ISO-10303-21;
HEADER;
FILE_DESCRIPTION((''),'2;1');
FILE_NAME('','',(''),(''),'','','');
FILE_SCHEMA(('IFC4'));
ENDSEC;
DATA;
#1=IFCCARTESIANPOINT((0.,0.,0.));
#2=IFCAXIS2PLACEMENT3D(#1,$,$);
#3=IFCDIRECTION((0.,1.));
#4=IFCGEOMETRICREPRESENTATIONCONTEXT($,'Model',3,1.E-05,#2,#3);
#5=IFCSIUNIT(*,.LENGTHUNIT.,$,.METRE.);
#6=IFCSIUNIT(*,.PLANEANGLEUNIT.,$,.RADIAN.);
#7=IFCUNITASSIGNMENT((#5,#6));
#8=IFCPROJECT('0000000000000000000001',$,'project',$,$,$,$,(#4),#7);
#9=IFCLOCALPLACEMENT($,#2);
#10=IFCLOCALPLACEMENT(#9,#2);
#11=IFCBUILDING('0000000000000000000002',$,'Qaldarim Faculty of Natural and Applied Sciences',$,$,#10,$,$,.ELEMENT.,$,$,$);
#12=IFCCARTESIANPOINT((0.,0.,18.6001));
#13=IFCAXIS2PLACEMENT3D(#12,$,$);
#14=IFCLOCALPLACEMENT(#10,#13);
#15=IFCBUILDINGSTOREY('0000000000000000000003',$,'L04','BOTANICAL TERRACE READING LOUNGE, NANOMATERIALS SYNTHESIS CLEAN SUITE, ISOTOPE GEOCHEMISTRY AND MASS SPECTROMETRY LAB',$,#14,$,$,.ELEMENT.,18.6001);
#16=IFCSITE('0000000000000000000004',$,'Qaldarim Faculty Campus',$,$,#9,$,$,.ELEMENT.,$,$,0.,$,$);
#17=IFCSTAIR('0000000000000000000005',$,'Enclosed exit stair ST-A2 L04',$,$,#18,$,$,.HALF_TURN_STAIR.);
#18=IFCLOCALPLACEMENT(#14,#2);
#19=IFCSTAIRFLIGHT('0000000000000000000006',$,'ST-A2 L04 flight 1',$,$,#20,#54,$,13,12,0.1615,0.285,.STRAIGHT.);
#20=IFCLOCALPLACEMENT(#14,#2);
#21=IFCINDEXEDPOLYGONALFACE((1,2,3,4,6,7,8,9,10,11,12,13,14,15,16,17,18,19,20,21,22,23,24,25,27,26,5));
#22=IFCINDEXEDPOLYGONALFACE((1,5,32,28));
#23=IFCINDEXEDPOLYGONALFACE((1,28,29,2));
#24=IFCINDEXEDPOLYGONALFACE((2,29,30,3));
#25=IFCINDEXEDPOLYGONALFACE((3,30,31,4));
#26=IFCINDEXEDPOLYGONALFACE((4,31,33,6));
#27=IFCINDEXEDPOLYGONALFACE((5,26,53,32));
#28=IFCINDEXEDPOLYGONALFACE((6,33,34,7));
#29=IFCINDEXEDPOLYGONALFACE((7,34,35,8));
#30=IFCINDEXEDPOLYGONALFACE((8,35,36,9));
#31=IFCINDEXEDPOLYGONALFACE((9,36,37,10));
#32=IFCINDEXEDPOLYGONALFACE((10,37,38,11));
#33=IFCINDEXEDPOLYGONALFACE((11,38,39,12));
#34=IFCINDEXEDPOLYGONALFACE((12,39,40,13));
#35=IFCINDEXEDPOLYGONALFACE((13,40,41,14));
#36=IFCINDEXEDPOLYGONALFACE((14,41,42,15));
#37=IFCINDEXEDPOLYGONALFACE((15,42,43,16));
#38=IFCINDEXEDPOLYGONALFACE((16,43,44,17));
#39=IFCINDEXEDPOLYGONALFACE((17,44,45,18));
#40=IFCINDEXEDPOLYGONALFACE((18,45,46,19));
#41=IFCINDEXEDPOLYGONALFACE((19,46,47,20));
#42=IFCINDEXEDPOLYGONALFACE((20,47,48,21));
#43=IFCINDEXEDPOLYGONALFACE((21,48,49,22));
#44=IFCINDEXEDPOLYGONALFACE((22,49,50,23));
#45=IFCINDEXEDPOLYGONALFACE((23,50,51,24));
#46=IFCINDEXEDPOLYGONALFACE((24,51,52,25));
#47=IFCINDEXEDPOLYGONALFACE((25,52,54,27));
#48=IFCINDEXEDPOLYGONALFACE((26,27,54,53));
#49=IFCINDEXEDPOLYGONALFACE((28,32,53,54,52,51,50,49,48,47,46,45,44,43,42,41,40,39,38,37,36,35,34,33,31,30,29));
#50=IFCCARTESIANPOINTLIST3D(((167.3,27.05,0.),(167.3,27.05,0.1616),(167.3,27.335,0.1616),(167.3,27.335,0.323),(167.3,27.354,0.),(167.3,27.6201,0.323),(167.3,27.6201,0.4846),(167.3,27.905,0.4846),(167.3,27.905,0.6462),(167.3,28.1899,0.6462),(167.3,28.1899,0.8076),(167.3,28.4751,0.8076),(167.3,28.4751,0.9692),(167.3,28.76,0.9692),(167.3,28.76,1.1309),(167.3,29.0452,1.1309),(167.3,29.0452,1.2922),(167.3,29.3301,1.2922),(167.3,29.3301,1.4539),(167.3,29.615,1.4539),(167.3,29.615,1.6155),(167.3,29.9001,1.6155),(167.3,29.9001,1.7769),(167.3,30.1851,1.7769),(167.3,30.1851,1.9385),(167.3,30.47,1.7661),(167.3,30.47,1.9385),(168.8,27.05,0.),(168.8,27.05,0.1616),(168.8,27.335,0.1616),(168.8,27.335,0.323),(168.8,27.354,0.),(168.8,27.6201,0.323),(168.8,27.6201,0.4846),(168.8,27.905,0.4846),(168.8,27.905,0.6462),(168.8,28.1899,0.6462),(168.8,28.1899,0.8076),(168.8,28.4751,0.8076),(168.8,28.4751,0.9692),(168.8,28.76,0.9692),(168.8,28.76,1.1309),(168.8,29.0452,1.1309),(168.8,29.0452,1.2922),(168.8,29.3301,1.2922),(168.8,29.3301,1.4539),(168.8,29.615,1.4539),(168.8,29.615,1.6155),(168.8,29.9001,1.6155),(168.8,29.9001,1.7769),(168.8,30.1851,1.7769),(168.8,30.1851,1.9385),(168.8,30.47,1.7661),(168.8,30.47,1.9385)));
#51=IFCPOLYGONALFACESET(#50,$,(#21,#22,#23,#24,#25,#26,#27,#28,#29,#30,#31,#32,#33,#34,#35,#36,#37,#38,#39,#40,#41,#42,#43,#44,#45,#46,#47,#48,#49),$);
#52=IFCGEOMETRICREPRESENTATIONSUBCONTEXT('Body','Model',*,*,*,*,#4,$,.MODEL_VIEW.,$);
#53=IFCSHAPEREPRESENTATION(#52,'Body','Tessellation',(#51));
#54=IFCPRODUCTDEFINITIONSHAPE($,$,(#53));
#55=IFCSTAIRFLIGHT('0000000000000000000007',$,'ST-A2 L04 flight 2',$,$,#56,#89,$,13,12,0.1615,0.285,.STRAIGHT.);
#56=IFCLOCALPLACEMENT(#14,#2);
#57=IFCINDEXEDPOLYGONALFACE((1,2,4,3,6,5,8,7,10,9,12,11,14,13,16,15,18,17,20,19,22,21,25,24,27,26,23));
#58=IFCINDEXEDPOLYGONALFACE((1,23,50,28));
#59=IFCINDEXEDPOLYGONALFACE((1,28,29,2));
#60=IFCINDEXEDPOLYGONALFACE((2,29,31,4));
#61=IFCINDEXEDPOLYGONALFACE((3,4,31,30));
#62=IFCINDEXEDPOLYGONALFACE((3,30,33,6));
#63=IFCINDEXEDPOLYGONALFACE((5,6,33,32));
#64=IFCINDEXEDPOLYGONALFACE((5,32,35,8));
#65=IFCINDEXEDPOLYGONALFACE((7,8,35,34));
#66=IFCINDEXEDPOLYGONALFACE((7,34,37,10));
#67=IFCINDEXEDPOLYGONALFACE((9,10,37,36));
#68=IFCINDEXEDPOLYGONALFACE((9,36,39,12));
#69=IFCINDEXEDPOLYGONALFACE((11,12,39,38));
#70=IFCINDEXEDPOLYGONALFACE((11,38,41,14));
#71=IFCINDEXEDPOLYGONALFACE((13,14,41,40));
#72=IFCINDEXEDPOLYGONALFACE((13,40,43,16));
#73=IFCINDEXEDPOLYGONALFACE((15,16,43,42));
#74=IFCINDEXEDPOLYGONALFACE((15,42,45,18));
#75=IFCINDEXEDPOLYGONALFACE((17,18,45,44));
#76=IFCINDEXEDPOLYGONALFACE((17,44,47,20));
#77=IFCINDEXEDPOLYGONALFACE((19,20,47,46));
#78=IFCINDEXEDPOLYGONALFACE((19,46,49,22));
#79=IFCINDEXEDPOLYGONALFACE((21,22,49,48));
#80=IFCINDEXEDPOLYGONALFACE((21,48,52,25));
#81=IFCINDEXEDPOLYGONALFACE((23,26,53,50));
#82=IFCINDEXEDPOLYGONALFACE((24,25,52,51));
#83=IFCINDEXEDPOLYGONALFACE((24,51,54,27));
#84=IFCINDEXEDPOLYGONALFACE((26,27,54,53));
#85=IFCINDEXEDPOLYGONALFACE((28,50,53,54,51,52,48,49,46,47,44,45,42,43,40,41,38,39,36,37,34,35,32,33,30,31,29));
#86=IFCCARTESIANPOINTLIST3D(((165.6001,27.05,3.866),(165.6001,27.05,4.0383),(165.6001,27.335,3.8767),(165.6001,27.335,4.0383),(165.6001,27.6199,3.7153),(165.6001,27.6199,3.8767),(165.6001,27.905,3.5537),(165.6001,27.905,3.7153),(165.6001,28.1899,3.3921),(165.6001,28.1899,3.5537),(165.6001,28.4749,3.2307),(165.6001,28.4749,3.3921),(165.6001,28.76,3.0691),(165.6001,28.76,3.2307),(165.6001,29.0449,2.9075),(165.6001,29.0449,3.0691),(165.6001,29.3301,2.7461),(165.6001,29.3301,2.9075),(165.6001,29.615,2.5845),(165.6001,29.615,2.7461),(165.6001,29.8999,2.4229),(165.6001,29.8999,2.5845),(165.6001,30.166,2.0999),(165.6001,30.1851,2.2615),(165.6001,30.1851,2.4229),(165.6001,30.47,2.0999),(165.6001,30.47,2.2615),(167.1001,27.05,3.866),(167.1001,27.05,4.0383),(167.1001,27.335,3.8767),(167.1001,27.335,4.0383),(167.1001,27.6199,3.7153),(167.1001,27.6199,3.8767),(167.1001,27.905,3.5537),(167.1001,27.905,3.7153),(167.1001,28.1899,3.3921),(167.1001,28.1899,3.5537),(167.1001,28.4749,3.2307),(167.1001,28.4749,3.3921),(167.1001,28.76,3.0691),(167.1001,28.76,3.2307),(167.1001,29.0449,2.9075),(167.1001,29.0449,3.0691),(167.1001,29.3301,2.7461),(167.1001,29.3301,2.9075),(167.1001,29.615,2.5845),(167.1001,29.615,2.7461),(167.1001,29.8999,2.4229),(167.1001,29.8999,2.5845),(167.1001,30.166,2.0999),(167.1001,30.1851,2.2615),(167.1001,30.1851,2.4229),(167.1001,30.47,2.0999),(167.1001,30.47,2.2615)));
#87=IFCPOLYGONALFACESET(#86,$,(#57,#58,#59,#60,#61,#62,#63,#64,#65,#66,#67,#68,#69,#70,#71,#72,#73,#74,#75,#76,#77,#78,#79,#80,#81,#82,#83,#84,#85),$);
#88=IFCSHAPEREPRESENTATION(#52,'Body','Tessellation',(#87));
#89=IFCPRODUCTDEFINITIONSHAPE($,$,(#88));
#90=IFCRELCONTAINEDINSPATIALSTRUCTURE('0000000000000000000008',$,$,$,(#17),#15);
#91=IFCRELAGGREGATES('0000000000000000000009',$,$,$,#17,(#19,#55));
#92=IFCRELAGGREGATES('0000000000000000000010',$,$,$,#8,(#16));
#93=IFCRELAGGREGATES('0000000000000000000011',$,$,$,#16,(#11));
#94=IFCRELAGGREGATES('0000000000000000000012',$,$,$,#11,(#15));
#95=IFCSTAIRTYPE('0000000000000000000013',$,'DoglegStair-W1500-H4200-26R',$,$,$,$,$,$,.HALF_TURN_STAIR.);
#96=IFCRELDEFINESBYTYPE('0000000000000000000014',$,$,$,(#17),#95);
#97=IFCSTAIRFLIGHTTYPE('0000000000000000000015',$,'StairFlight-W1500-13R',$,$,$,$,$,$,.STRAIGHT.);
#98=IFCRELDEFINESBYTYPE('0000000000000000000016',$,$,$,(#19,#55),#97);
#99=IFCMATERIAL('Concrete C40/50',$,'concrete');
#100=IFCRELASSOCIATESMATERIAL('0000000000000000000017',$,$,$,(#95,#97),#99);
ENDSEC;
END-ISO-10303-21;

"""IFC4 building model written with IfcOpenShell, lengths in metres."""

from ifc_helpers import new_model, si_unit, direction, frame, origin, place, context, subcontext, project, spatial, polyline, outline, extrude, material, type_object, element, aggregate, save


model = new_model("IFC4")

# Units and contexts
model_context = context("Model", 3, precision=1e-05, world=origin(), true_north=direction((0.0, 1.0)))
body_context = subcontext(model_context, "Body", "Model", "MODEL_VIEW")
ifc_project = project(units=[si_unit("LENGTHUNIT", "METRE"), si_unit("PLANEANGLEUNIT", "RADIAN")], contexts=[model_context])

# Site, building, storey
site_placement = place(None, origin())
site = spatial("IfcSite", under=ifc_project, at=site_placement, Name="Qaldarim Faculty Campus", CompositionType="ELEMENT", RefElevation=0.0)
building_placement = place(site_placement, origin())
building = spatial("IfcBuilding", under=site, at=building_placement, Name="Qaldarim Faculty of Natural and Applied Sciences", CompositionType="ELEMENT")
storey_placement = place(building_placement, frame((0.0, 0.0, 18.6001)))
storey = spatial("IfcBuildingStorey", under=building, at=storey_placement, Name="L04", Description="BOTANICAL TERRACE READING LOUNGE, NANOMATERIALS SYNTHESIS CLEAN SUITE, ISOTOPE GEOCHEMISTRY AND MASS SPECTROMETRY LAB", CompositionType="ELEMENT", Elevation=18.6001)

# Shared definitions
ifc_material_1 = material(Name="Concrete C40/50", Category="concrete")

# Stair, stair flights
stair_type = type_object("IfcStairType", Name="DoglegStair-W1500-H4200-26R", PredefinedType="HALF_TURN_STAIR", material=ifc_material_1)
stair_placement = place(storey_placement, origin())
stair = element("IfcStair", 1, at=stair_placement, inside=storey, type_object=stair_type, Name="Enclosed exit stair ST-A2 L04", PredefinedType="HALF_TURN_STAIR")
stair_flight_type = type_object("IfcStairFlightType", Name="StairFlight-W1500-13R", PredefinedType="STRAIGHT", material=ifc_material_1)
stair_flight_1_placement = place(storey_placement, frame((168.05, 27.05, 0.0), z_axis=(0.0, 0.0, 1.0), x_axis=(0.0, 1.0, 0.0)))
stair_flight_1 = element("IfcStairFlight", 2, at=stair_flight_1_placement, type_object=stair_flight_type, Name="ST-A2 L04 flight 1", NumberOfRisers=13, NumberOfTreads=12, PredefinedType="STRAIGHT", RiserHeight=0.1615, TreadLength=0.285, context=body_context, shape_type="SweptSolid", body=[
    extrude(outline(polyline([(0.0, 0.0), (0.0, 0.1616), (0.2849, 0.1616), (0.2849, 0.323), (0.5701, 0.323), (0.5701, 0.4846), (0.855, 0.4846), (0.855, 0.6462), (1.1399, 0.6462), (1.1399, 0.8076), (1.425, 0.8076), (1.425, 0.9692), (1.71, 0.9692), (1.71, 1.1309), (1.9951, 1.1309), (1.9951, 1.2922), (2.28, 1.2922), (2.28, 1.4539), (2.5649, 1.4539), (2.5649, 1.6155), (2.8501, 1.6155), (2.8501, 1.7769), (3.135, 1.7769), (3.135, 1.9385), (3.4199, 1.9385), (3.4199, 2.1001), (3.4199, 1.7661), (0.304, 0.0), (0.0, 0.0)])), frame((0.0, 0.75, 0.0), z_axis=(0.0, -1.0, 0.0), x_axis=(1.0, 0.0, 0.0)), (0.0, 0.0, 1.0), 1.5),
])
stair_flight_2_placement = place(storey_placement, frame((166.3501, 30.47, 2.0999), z_axis=(0.0, 0.0, 1.0), x_axis=(0.0, -1.0, 0.0)))
stair_flight_2 = element("IfcStairFlight", 3, at=stair_flight_2_placement, type_object=stair_flight_type, Name="ST-A2 L04 flight 2", NumberOfRisers=13, NumberOfTreads=12, PredefinedType="STRAIGHT", RiserHeight=0.1615, TreadLength=0.285, context=body_context, shape_type="SweptSolid", body=[
    extrude(outline(polyline([(0.0, 0.0), (0.0, 0.1616), (0.2849, 0.1616), (0.2849, 0.323), (0.5701, 0.323), (0.5701, 0.4846), (0.855, 0.4846), (0.855, 0.6462), (1.1399, 0.6462), (1.1399, 0.8076), (1.425, 0.8076), (1.425, 0.9692), (1.71, 0.9692), (1.71, 1.1309), (1.9951, 1.1309), (1.9951, 1.2922), (2.28, 1.2922), (2.28, 1.4539), (2.5649, 1.4539), (2.5649, 1.6155), (2.8501, 1.6155), (2.8501, 1.7769), (3.135, 1.7769), (3.135, 1.9385), (3.4199, 1.9385), (3.4199, 2.1001), (3.4199, 1.7661), (0.304, 0.0), (0.0, 0.0)])), frame((0.0, 0.75, 0.0), z_axis=(0.0, -1.0, 0.0), x_axis=(1.0, 0.0, 0.0)), (0.0, 0.0, 1.0), 1.5),
])
aggregate(stair, [stair_flight_1, stair_flight_2])

save(model, "model.ifc")
